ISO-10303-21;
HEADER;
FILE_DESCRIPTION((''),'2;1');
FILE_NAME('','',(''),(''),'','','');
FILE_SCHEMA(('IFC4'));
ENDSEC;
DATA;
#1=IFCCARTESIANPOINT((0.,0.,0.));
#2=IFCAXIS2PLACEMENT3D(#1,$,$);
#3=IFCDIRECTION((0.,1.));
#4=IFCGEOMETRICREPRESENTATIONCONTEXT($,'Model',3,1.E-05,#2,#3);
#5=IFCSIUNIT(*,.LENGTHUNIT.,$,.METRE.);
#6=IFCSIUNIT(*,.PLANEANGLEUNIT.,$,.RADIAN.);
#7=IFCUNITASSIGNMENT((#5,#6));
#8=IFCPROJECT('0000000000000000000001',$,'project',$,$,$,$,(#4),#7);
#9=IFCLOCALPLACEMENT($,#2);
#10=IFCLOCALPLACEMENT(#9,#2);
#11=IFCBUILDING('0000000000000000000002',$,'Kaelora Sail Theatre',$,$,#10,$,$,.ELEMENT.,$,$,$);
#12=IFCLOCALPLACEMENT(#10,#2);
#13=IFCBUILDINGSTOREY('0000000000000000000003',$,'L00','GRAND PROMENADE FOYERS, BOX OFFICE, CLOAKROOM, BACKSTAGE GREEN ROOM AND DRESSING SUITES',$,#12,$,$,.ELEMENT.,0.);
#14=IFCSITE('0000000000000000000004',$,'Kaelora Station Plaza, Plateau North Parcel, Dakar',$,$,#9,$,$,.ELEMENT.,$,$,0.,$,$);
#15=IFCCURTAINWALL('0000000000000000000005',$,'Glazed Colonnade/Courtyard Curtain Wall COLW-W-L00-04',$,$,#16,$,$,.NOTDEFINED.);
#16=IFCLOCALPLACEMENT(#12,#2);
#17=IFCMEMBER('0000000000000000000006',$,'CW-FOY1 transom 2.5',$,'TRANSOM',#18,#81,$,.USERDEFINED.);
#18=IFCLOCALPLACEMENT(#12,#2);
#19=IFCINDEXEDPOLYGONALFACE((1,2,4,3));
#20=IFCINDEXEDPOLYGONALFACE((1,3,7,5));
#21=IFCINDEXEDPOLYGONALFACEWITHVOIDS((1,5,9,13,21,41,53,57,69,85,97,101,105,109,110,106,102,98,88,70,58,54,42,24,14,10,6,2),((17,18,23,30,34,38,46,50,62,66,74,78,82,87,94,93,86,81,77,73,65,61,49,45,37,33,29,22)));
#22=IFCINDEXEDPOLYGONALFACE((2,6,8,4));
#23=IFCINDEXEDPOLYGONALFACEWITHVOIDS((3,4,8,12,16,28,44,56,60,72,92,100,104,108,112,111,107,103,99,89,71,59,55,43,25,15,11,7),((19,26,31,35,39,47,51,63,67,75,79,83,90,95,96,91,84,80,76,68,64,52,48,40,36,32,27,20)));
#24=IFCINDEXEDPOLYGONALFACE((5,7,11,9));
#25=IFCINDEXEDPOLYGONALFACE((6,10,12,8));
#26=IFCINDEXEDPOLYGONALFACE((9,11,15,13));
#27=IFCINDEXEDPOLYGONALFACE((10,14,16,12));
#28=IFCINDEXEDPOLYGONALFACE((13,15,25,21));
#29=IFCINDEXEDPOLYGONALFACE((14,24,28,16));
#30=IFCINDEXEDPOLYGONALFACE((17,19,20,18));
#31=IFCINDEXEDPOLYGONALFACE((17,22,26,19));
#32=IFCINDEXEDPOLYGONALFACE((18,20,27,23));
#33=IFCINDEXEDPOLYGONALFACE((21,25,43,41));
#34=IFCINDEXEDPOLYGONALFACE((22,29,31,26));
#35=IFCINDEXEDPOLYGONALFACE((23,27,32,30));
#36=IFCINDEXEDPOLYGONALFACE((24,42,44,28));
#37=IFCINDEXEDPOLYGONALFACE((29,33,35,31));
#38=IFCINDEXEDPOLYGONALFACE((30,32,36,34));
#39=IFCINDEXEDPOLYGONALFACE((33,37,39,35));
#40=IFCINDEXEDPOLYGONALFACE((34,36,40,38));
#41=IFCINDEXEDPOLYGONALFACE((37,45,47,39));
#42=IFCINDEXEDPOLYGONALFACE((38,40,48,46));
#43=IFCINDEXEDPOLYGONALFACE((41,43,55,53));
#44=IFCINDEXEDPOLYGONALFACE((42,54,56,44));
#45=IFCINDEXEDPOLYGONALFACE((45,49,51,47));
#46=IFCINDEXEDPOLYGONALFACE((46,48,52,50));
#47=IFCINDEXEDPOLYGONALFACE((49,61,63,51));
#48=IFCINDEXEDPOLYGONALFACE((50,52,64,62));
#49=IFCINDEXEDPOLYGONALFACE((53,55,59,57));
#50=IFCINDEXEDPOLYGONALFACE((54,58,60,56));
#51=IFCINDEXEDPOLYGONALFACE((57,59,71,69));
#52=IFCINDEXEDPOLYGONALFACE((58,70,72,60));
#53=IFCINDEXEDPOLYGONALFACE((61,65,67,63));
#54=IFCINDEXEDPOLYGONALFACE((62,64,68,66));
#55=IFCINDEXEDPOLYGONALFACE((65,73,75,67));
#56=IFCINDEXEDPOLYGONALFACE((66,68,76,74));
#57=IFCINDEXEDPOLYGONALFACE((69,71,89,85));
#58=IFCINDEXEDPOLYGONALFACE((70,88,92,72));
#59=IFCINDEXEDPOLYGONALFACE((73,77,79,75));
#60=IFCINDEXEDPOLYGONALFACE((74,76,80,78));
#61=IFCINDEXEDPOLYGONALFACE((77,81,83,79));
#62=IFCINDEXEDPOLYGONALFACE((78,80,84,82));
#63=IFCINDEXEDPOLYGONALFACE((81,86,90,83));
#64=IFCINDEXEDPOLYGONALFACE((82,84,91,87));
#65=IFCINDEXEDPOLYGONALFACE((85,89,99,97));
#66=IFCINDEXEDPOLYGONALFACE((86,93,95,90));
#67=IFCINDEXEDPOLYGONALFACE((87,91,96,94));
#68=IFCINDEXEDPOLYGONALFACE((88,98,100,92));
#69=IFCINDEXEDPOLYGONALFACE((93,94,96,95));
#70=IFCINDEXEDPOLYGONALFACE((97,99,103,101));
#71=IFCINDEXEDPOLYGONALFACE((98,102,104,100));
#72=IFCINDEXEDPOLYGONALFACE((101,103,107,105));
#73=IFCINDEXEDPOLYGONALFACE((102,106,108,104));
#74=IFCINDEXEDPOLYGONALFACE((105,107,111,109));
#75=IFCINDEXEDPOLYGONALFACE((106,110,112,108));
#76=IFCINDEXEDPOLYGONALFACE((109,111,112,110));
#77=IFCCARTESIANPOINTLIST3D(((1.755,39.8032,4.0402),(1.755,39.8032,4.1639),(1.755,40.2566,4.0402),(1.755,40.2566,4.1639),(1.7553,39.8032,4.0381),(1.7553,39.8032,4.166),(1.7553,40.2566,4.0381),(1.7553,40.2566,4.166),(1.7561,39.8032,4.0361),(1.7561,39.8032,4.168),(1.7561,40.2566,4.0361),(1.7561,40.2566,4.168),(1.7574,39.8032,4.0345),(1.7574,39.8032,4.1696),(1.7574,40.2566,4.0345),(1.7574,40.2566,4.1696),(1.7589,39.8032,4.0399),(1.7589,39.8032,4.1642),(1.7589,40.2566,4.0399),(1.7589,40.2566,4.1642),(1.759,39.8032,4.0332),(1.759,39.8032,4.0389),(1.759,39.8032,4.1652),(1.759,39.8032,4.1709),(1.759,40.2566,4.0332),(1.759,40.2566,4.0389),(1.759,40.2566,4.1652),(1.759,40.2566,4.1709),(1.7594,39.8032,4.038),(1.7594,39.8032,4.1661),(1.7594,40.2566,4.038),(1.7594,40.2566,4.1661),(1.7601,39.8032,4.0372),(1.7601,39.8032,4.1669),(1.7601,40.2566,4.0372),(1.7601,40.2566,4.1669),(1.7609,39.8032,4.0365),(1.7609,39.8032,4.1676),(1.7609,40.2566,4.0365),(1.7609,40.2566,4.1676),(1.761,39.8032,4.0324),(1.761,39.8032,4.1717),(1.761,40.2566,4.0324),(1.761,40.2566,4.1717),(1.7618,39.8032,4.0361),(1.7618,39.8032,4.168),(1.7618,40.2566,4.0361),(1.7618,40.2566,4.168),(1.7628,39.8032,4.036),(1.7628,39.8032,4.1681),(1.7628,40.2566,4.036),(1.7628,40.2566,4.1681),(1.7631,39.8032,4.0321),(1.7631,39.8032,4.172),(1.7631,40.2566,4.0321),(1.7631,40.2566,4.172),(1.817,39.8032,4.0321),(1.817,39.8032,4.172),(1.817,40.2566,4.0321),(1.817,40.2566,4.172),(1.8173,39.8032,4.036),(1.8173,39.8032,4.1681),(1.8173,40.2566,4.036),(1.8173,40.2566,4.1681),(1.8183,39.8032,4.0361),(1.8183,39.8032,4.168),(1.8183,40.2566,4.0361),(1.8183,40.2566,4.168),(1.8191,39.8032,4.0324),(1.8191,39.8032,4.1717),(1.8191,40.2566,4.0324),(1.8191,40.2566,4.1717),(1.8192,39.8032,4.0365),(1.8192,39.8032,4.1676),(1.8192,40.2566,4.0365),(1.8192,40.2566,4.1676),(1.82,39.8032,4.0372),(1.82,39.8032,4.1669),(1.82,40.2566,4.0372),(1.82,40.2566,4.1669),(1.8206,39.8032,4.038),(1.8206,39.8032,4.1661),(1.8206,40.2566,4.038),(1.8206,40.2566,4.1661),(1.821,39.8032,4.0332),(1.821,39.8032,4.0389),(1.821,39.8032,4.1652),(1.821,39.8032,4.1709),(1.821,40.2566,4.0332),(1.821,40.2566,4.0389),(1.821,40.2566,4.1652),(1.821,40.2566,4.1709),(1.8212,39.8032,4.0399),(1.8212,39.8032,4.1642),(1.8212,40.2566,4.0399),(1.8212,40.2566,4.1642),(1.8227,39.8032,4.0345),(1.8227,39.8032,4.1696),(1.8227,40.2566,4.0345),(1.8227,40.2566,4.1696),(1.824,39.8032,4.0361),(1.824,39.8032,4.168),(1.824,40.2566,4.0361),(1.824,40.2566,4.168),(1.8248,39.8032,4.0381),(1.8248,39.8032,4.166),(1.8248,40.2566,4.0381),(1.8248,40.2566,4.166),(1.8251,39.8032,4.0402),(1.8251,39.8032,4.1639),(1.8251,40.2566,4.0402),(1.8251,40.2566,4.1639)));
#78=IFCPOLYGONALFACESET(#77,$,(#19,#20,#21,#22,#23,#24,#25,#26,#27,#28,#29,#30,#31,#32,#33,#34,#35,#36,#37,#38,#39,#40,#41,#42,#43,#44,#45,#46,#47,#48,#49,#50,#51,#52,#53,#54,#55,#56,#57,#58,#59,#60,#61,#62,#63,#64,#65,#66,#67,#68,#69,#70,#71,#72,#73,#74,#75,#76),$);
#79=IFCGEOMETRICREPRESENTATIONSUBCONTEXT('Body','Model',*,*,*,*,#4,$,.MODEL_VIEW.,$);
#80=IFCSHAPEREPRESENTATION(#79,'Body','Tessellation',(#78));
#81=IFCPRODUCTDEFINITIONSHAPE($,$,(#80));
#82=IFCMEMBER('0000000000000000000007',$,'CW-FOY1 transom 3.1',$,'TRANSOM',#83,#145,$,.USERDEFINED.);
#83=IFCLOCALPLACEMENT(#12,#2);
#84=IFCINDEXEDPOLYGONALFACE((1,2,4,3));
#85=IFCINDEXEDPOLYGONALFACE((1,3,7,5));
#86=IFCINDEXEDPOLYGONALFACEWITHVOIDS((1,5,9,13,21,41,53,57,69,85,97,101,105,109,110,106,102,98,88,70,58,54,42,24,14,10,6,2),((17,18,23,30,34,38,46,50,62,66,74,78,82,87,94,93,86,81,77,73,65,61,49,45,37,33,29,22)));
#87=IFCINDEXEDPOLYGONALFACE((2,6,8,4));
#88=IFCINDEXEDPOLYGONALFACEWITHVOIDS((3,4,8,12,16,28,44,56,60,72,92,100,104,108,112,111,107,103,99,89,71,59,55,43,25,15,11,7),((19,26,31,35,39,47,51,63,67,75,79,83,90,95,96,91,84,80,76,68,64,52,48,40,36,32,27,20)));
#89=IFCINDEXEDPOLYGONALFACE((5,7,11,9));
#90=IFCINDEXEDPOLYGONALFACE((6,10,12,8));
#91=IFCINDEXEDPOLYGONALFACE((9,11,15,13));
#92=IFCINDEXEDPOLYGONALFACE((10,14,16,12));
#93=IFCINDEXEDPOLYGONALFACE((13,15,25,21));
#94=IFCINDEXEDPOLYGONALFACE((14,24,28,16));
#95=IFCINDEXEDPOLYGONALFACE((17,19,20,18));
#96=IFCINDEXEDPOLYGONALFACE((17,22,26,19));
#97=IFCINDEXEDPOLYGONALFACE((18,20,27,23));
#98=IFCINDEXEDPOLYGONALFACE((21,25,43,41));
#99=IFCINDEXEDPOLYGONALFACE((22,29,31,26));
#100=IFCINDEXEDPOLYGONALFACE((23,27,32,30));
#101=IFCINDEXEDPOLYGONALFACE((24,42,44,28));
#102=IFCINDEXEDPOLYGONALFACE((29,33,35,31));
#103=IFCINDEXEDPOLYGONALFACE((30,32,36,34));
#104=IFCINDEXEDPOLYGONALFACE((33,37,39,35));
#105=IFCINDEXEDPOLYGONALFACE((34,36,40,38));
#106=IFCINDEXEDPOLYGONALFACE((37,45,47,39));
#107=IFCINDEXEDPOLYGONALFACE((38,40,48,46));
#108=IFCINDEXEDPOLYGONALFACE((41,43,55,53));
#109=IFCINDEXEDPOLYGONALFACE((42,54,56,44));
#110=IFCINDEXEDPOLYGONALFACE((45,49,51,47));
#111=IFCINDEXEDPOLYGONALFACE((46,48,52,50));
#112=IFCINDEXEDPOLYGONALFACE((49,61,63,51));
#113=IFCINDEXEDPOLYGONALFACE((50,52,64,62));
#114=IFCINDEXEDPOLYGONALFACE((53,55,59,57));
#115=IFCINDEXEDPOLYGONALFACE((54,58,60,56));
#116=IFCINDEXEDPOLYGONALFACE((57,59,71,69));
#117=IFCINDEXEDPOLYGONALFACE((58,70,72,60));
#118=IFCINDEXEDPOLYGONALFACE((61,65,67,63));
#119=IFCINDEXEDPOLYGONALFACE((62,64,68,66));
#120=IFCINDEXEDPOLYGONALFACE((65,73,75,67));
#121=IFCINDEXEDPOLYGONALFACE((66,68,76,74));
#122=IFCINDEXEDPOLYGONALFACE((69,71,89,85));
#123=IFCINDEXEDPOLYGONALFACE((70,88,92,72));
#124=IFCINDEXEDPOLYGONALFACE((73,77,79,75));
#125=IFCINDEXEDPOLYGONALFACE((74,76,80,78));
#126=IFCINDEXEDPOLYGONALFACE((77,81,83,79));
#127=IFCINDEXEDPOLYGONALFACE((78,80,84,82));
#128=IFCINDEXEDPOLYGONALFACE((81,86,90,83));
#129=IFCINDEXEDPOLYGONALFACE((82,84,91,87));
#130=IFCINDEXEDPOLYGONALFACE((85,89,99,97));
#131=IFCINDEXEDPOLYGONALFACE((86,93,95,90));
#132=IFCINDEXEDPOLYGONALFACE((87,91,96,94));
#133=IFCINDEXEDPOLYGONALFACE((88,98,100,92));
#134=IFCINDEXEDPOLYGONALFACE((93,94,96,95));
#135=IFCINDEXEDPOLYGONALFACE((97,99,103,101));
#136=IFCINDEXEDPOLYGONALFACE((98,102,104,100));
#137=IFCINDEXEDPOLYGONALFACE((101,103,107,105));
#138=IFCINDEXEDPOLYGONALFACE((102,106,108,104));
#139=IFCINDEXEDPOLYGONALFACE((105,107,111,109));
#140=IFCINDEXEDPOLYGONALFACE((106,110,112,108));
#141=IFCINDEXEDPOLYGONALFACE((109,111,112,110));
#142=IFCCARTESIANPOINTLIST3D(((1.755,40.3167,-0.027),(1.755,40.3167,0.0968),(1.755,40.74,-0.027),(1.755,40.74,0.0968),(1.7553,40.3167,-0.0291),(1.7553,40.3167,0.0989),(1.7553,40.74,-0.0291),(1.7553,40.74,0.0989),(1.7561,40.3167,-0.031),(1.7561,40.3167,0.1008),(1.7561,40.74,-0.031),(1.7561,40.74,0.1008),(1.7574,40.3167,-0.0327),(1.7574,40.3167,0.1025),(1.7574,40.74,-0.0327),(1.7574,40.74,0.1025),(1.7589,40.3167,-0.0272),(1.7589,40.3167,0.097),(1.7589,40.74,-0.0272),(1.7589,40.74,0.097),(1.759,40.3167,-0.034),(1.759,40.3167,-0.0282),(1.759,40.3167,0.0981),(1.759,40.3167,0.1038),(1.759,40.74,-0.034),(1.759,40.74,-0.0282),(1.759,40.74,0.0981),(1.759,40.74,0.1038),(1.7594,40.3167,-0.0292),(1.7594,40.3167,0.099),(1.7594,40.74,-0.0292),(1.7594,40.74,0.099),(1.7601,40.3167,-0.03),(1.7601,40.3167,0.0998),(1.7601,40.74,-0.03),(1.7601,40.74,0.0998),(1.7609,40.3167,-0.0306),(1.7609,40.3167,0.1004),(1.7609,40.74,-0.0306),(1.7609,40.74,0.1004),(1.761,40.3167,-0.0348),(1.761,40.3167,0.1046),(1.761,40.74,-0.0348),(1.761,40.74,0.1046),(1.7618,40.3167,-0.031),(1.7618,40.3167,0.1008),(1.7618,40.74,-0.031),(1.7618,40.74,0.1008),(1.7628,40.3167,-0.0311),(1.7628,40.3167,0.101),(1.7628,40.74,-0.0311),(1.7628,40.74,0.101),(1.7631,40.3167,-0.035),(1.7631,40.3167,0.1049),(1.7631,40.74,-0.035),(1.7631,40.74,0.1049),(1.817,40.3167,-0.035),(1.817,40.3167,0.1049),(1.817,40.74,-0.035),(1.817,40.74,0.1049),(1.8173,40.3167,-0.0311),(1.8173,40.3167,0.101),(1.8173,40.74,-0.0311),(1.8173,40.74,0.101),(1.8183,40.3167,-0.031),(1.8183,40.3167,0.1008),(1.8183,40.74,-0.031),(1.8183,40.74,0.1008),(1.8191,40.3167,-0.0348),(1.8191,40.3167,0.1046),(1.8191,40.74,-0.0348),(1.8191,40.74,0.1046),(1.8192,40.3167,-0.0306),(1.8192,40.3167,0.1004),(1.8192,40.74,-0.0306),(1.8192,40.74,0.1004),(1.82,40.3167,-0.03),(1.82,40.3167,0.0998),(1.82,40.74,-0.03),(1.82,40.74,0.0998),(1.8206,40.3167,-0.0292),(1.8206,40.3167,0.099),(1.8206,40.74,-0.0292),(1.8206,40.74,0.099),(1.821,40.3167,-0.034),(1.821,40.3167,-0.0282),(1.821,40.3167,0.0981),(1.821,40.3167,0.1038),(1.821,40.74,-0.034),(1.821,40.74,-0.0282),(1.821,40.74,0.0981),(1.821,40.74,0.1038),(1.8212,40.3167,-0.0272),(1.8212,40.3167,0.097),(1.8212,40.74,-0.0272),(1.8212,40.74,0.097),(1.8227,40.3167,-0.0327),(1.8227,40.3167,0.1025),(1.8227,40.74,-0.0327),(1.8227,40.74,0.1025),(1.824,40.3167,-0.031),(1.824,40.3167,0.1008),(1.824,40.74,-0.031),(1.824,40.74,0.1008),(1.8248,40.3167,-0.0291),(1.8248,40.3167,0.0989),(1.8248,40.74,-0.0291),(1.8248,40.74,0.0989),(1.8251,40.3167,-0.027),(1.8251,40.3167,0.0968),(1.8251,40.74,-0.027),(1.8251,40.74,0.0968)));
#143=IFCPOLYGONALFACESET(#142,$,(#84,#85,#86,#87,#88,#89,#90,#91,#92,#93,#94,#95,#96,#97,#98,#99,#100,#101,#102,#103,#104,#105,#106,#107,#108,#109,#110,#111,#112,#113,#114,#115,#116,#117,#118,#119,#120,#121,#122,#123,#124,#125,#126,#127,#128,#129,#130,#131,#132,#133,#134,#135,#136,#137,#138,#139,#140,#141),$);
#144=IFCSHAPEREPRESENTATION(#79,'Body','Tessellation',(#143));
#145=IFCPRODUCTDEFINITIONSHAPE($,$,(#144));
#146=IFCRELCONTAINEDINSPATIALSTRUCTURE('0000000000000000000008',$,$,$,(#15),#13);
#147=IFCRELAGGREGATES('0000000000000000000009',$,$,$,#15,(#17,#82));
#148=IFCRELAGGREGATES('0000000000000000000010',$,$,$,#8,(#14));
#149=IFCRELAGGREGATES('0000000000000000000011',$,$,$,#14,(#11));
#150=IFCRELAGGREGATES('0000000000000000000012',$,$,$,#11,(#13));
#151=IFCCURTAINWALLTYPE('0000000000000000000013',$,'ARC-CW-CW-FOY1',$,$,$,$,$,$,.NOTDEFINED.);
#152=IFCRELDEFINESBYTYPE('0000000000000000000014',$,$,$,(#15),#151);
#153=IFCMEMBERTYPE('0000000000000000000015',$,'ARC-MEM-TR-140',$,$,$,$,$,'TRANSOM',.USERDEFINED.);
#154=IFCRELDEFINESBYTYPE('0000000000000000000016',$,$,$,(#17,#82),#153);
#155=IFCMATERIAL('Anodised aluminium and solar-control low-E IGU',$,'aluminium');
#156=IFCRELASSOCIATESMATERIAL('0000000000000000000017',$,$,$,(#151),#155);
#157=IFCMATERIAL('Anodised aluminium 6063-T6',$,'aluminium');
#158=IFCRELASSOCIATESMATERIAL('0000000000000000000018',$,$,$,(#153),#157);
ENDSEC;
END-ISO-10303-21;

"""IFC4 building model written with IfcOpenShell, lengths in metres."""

from ifc_helpers import new_model, si_unit, direction, frame, origin, origin_2d, place, context, subcontext, project, spatial, hollow_rectangle, extrude, material, material_profile, profile_set, type_object, element, aggregate, save


model = new_model("IFC4")

# Units and contexts
model_context = context("Model", 3, precision=1e-05, world=origin(), true_north=direction((0.0, 1.0)))
body_context = subcontext(model_context, "Body", "Model", "MODEL_VIEW")
ifc_project = project(units=[si_unit("LENGTHUNIT", "METRE"), si_unit("PLANEANGLEUNIT", "RADIAN")], contexts=[model_context])

# Site, building, storey
site_placement = place(None, origin())
site = spatial("IfcSite", under=ifc_project, at=site_placement, Name="Kaelora Station Plaza, Plateau North Parcel, Dakar", CompositionType="ELEMENT", RefElevation=0.0)
building_placement = place(site_placement, origin())
building = spatial("IfcBuilding", under=site, at=building_placement, Name="Kaelora Sail Theatre", CompositionType="ELEMENT")
storey_placement = place(building_placement, origin())
storey = spatial("IfcBuildingStorey", under=building, at=storey_placement, Name="L00", Description="GRAND PROMENADE FOYERS, BOX OFFICE, CLOAKROOM, BACKSTAGE GREEN ROOM AND DRESSING SUITES", CompositionType="ELEMENT", Elevation=0.0)

# Curtain wall, members
ifc_material_1 = material(Name="Anodised aluminium and solar-control low-E IGU", Category="aluminium")
curtain_wall_type = type_object("IfcCurtainWallType", Name="ARC-CW-CW-FOY1", PredefinedType="NOTDEFINED", material=ifc_material_1)
curtain_wall_placement = place(storey_placement, origin())
curtain_wall = element("IfcCurtainWall", 1, at=curtain_wall_placement, inside=storey, type_object=curtain_wall_type, Name="Glazed Colonnade/Courtyard Curtain Wall COLW-W-L00-04", PredefinedType="NOTDEFINED")
ifc_material_2 = material(Name="Anodised aluminium 6063-T6", Category="aluminium")
ifc_material_profile_1 = material_profile(ifc_material_2, hollow_rectangle(XDim=0.0701, YDim=0.1399, WallThickness=0.0039, InnerFilletRadius=0.0039, OuterFilletRadius=0.0081, at=origin_2d()), Name="ALU-TRAN 70x140x4")
ifc_profile_set_1 = profile_set([ifc_material_profile_1], Name="Anodised aluminium 6063-T6")
member_type_1 = type_object("IfcMemberType", Name="ARC-MEM-TR-140", ElementType="TRANSOM", PredefinedType="USERDEFINED", material=ifc_profile_set_1)
member_1_placement = place(storey_placement, frame((1.79, 39.8032, 4.1021), z_axis=(0.0, 1.0, 0.0), x_axis=(-1.0, 0.0, 0.0)))
member_1 = element("IfcMember", 2, at=member_1_placement, type_object=member_type_1, Name="CW-FOY1 transom 2.5", ObjectType="TRANSOM", PredefinedType="USERDEFINED", context=body_context, shape_type="SweptSolid", body=[
    extrude(hollow_rectangle(XDim=0.0701, YDim=0.1399, WallThickness=0.0039, InnerFilletRadius=0.0039, OuterFilletRadius=0.0081, at=origin_2d()), origin(), (0.0, 0.0, 1.0), 0.4534),
])
member_2_placement = place(storey_placement, frame((1.79, 40.3167, 0.0349), z_axis=(0.0, 1.0, 0.0), x_axis=(-1.0, 0.0, 0.0)))
member_2 = element("IfcMember", 3, at=member_2_placement, type_object=member_type_1, Name="CW-FOY1 transom 3.1", ObjectType="TRANSOM", PredefinedType="USERDEFINED", context=body_context, shape_type="SweptSolid", body=[
    extrude(hollow_rectangle(XDim=0.0701, YDim=0.1399, WallThickness=0.0039, InnerFilletRadius=0.0039, OuterFilletRadius=0.0081, at=origin_2d()), origin(), (0.0, 0.0, 1.0), 0.4233),
])
aggregate(curtain_wall, [member_1, member_2])

save(model, "model.ifc")
